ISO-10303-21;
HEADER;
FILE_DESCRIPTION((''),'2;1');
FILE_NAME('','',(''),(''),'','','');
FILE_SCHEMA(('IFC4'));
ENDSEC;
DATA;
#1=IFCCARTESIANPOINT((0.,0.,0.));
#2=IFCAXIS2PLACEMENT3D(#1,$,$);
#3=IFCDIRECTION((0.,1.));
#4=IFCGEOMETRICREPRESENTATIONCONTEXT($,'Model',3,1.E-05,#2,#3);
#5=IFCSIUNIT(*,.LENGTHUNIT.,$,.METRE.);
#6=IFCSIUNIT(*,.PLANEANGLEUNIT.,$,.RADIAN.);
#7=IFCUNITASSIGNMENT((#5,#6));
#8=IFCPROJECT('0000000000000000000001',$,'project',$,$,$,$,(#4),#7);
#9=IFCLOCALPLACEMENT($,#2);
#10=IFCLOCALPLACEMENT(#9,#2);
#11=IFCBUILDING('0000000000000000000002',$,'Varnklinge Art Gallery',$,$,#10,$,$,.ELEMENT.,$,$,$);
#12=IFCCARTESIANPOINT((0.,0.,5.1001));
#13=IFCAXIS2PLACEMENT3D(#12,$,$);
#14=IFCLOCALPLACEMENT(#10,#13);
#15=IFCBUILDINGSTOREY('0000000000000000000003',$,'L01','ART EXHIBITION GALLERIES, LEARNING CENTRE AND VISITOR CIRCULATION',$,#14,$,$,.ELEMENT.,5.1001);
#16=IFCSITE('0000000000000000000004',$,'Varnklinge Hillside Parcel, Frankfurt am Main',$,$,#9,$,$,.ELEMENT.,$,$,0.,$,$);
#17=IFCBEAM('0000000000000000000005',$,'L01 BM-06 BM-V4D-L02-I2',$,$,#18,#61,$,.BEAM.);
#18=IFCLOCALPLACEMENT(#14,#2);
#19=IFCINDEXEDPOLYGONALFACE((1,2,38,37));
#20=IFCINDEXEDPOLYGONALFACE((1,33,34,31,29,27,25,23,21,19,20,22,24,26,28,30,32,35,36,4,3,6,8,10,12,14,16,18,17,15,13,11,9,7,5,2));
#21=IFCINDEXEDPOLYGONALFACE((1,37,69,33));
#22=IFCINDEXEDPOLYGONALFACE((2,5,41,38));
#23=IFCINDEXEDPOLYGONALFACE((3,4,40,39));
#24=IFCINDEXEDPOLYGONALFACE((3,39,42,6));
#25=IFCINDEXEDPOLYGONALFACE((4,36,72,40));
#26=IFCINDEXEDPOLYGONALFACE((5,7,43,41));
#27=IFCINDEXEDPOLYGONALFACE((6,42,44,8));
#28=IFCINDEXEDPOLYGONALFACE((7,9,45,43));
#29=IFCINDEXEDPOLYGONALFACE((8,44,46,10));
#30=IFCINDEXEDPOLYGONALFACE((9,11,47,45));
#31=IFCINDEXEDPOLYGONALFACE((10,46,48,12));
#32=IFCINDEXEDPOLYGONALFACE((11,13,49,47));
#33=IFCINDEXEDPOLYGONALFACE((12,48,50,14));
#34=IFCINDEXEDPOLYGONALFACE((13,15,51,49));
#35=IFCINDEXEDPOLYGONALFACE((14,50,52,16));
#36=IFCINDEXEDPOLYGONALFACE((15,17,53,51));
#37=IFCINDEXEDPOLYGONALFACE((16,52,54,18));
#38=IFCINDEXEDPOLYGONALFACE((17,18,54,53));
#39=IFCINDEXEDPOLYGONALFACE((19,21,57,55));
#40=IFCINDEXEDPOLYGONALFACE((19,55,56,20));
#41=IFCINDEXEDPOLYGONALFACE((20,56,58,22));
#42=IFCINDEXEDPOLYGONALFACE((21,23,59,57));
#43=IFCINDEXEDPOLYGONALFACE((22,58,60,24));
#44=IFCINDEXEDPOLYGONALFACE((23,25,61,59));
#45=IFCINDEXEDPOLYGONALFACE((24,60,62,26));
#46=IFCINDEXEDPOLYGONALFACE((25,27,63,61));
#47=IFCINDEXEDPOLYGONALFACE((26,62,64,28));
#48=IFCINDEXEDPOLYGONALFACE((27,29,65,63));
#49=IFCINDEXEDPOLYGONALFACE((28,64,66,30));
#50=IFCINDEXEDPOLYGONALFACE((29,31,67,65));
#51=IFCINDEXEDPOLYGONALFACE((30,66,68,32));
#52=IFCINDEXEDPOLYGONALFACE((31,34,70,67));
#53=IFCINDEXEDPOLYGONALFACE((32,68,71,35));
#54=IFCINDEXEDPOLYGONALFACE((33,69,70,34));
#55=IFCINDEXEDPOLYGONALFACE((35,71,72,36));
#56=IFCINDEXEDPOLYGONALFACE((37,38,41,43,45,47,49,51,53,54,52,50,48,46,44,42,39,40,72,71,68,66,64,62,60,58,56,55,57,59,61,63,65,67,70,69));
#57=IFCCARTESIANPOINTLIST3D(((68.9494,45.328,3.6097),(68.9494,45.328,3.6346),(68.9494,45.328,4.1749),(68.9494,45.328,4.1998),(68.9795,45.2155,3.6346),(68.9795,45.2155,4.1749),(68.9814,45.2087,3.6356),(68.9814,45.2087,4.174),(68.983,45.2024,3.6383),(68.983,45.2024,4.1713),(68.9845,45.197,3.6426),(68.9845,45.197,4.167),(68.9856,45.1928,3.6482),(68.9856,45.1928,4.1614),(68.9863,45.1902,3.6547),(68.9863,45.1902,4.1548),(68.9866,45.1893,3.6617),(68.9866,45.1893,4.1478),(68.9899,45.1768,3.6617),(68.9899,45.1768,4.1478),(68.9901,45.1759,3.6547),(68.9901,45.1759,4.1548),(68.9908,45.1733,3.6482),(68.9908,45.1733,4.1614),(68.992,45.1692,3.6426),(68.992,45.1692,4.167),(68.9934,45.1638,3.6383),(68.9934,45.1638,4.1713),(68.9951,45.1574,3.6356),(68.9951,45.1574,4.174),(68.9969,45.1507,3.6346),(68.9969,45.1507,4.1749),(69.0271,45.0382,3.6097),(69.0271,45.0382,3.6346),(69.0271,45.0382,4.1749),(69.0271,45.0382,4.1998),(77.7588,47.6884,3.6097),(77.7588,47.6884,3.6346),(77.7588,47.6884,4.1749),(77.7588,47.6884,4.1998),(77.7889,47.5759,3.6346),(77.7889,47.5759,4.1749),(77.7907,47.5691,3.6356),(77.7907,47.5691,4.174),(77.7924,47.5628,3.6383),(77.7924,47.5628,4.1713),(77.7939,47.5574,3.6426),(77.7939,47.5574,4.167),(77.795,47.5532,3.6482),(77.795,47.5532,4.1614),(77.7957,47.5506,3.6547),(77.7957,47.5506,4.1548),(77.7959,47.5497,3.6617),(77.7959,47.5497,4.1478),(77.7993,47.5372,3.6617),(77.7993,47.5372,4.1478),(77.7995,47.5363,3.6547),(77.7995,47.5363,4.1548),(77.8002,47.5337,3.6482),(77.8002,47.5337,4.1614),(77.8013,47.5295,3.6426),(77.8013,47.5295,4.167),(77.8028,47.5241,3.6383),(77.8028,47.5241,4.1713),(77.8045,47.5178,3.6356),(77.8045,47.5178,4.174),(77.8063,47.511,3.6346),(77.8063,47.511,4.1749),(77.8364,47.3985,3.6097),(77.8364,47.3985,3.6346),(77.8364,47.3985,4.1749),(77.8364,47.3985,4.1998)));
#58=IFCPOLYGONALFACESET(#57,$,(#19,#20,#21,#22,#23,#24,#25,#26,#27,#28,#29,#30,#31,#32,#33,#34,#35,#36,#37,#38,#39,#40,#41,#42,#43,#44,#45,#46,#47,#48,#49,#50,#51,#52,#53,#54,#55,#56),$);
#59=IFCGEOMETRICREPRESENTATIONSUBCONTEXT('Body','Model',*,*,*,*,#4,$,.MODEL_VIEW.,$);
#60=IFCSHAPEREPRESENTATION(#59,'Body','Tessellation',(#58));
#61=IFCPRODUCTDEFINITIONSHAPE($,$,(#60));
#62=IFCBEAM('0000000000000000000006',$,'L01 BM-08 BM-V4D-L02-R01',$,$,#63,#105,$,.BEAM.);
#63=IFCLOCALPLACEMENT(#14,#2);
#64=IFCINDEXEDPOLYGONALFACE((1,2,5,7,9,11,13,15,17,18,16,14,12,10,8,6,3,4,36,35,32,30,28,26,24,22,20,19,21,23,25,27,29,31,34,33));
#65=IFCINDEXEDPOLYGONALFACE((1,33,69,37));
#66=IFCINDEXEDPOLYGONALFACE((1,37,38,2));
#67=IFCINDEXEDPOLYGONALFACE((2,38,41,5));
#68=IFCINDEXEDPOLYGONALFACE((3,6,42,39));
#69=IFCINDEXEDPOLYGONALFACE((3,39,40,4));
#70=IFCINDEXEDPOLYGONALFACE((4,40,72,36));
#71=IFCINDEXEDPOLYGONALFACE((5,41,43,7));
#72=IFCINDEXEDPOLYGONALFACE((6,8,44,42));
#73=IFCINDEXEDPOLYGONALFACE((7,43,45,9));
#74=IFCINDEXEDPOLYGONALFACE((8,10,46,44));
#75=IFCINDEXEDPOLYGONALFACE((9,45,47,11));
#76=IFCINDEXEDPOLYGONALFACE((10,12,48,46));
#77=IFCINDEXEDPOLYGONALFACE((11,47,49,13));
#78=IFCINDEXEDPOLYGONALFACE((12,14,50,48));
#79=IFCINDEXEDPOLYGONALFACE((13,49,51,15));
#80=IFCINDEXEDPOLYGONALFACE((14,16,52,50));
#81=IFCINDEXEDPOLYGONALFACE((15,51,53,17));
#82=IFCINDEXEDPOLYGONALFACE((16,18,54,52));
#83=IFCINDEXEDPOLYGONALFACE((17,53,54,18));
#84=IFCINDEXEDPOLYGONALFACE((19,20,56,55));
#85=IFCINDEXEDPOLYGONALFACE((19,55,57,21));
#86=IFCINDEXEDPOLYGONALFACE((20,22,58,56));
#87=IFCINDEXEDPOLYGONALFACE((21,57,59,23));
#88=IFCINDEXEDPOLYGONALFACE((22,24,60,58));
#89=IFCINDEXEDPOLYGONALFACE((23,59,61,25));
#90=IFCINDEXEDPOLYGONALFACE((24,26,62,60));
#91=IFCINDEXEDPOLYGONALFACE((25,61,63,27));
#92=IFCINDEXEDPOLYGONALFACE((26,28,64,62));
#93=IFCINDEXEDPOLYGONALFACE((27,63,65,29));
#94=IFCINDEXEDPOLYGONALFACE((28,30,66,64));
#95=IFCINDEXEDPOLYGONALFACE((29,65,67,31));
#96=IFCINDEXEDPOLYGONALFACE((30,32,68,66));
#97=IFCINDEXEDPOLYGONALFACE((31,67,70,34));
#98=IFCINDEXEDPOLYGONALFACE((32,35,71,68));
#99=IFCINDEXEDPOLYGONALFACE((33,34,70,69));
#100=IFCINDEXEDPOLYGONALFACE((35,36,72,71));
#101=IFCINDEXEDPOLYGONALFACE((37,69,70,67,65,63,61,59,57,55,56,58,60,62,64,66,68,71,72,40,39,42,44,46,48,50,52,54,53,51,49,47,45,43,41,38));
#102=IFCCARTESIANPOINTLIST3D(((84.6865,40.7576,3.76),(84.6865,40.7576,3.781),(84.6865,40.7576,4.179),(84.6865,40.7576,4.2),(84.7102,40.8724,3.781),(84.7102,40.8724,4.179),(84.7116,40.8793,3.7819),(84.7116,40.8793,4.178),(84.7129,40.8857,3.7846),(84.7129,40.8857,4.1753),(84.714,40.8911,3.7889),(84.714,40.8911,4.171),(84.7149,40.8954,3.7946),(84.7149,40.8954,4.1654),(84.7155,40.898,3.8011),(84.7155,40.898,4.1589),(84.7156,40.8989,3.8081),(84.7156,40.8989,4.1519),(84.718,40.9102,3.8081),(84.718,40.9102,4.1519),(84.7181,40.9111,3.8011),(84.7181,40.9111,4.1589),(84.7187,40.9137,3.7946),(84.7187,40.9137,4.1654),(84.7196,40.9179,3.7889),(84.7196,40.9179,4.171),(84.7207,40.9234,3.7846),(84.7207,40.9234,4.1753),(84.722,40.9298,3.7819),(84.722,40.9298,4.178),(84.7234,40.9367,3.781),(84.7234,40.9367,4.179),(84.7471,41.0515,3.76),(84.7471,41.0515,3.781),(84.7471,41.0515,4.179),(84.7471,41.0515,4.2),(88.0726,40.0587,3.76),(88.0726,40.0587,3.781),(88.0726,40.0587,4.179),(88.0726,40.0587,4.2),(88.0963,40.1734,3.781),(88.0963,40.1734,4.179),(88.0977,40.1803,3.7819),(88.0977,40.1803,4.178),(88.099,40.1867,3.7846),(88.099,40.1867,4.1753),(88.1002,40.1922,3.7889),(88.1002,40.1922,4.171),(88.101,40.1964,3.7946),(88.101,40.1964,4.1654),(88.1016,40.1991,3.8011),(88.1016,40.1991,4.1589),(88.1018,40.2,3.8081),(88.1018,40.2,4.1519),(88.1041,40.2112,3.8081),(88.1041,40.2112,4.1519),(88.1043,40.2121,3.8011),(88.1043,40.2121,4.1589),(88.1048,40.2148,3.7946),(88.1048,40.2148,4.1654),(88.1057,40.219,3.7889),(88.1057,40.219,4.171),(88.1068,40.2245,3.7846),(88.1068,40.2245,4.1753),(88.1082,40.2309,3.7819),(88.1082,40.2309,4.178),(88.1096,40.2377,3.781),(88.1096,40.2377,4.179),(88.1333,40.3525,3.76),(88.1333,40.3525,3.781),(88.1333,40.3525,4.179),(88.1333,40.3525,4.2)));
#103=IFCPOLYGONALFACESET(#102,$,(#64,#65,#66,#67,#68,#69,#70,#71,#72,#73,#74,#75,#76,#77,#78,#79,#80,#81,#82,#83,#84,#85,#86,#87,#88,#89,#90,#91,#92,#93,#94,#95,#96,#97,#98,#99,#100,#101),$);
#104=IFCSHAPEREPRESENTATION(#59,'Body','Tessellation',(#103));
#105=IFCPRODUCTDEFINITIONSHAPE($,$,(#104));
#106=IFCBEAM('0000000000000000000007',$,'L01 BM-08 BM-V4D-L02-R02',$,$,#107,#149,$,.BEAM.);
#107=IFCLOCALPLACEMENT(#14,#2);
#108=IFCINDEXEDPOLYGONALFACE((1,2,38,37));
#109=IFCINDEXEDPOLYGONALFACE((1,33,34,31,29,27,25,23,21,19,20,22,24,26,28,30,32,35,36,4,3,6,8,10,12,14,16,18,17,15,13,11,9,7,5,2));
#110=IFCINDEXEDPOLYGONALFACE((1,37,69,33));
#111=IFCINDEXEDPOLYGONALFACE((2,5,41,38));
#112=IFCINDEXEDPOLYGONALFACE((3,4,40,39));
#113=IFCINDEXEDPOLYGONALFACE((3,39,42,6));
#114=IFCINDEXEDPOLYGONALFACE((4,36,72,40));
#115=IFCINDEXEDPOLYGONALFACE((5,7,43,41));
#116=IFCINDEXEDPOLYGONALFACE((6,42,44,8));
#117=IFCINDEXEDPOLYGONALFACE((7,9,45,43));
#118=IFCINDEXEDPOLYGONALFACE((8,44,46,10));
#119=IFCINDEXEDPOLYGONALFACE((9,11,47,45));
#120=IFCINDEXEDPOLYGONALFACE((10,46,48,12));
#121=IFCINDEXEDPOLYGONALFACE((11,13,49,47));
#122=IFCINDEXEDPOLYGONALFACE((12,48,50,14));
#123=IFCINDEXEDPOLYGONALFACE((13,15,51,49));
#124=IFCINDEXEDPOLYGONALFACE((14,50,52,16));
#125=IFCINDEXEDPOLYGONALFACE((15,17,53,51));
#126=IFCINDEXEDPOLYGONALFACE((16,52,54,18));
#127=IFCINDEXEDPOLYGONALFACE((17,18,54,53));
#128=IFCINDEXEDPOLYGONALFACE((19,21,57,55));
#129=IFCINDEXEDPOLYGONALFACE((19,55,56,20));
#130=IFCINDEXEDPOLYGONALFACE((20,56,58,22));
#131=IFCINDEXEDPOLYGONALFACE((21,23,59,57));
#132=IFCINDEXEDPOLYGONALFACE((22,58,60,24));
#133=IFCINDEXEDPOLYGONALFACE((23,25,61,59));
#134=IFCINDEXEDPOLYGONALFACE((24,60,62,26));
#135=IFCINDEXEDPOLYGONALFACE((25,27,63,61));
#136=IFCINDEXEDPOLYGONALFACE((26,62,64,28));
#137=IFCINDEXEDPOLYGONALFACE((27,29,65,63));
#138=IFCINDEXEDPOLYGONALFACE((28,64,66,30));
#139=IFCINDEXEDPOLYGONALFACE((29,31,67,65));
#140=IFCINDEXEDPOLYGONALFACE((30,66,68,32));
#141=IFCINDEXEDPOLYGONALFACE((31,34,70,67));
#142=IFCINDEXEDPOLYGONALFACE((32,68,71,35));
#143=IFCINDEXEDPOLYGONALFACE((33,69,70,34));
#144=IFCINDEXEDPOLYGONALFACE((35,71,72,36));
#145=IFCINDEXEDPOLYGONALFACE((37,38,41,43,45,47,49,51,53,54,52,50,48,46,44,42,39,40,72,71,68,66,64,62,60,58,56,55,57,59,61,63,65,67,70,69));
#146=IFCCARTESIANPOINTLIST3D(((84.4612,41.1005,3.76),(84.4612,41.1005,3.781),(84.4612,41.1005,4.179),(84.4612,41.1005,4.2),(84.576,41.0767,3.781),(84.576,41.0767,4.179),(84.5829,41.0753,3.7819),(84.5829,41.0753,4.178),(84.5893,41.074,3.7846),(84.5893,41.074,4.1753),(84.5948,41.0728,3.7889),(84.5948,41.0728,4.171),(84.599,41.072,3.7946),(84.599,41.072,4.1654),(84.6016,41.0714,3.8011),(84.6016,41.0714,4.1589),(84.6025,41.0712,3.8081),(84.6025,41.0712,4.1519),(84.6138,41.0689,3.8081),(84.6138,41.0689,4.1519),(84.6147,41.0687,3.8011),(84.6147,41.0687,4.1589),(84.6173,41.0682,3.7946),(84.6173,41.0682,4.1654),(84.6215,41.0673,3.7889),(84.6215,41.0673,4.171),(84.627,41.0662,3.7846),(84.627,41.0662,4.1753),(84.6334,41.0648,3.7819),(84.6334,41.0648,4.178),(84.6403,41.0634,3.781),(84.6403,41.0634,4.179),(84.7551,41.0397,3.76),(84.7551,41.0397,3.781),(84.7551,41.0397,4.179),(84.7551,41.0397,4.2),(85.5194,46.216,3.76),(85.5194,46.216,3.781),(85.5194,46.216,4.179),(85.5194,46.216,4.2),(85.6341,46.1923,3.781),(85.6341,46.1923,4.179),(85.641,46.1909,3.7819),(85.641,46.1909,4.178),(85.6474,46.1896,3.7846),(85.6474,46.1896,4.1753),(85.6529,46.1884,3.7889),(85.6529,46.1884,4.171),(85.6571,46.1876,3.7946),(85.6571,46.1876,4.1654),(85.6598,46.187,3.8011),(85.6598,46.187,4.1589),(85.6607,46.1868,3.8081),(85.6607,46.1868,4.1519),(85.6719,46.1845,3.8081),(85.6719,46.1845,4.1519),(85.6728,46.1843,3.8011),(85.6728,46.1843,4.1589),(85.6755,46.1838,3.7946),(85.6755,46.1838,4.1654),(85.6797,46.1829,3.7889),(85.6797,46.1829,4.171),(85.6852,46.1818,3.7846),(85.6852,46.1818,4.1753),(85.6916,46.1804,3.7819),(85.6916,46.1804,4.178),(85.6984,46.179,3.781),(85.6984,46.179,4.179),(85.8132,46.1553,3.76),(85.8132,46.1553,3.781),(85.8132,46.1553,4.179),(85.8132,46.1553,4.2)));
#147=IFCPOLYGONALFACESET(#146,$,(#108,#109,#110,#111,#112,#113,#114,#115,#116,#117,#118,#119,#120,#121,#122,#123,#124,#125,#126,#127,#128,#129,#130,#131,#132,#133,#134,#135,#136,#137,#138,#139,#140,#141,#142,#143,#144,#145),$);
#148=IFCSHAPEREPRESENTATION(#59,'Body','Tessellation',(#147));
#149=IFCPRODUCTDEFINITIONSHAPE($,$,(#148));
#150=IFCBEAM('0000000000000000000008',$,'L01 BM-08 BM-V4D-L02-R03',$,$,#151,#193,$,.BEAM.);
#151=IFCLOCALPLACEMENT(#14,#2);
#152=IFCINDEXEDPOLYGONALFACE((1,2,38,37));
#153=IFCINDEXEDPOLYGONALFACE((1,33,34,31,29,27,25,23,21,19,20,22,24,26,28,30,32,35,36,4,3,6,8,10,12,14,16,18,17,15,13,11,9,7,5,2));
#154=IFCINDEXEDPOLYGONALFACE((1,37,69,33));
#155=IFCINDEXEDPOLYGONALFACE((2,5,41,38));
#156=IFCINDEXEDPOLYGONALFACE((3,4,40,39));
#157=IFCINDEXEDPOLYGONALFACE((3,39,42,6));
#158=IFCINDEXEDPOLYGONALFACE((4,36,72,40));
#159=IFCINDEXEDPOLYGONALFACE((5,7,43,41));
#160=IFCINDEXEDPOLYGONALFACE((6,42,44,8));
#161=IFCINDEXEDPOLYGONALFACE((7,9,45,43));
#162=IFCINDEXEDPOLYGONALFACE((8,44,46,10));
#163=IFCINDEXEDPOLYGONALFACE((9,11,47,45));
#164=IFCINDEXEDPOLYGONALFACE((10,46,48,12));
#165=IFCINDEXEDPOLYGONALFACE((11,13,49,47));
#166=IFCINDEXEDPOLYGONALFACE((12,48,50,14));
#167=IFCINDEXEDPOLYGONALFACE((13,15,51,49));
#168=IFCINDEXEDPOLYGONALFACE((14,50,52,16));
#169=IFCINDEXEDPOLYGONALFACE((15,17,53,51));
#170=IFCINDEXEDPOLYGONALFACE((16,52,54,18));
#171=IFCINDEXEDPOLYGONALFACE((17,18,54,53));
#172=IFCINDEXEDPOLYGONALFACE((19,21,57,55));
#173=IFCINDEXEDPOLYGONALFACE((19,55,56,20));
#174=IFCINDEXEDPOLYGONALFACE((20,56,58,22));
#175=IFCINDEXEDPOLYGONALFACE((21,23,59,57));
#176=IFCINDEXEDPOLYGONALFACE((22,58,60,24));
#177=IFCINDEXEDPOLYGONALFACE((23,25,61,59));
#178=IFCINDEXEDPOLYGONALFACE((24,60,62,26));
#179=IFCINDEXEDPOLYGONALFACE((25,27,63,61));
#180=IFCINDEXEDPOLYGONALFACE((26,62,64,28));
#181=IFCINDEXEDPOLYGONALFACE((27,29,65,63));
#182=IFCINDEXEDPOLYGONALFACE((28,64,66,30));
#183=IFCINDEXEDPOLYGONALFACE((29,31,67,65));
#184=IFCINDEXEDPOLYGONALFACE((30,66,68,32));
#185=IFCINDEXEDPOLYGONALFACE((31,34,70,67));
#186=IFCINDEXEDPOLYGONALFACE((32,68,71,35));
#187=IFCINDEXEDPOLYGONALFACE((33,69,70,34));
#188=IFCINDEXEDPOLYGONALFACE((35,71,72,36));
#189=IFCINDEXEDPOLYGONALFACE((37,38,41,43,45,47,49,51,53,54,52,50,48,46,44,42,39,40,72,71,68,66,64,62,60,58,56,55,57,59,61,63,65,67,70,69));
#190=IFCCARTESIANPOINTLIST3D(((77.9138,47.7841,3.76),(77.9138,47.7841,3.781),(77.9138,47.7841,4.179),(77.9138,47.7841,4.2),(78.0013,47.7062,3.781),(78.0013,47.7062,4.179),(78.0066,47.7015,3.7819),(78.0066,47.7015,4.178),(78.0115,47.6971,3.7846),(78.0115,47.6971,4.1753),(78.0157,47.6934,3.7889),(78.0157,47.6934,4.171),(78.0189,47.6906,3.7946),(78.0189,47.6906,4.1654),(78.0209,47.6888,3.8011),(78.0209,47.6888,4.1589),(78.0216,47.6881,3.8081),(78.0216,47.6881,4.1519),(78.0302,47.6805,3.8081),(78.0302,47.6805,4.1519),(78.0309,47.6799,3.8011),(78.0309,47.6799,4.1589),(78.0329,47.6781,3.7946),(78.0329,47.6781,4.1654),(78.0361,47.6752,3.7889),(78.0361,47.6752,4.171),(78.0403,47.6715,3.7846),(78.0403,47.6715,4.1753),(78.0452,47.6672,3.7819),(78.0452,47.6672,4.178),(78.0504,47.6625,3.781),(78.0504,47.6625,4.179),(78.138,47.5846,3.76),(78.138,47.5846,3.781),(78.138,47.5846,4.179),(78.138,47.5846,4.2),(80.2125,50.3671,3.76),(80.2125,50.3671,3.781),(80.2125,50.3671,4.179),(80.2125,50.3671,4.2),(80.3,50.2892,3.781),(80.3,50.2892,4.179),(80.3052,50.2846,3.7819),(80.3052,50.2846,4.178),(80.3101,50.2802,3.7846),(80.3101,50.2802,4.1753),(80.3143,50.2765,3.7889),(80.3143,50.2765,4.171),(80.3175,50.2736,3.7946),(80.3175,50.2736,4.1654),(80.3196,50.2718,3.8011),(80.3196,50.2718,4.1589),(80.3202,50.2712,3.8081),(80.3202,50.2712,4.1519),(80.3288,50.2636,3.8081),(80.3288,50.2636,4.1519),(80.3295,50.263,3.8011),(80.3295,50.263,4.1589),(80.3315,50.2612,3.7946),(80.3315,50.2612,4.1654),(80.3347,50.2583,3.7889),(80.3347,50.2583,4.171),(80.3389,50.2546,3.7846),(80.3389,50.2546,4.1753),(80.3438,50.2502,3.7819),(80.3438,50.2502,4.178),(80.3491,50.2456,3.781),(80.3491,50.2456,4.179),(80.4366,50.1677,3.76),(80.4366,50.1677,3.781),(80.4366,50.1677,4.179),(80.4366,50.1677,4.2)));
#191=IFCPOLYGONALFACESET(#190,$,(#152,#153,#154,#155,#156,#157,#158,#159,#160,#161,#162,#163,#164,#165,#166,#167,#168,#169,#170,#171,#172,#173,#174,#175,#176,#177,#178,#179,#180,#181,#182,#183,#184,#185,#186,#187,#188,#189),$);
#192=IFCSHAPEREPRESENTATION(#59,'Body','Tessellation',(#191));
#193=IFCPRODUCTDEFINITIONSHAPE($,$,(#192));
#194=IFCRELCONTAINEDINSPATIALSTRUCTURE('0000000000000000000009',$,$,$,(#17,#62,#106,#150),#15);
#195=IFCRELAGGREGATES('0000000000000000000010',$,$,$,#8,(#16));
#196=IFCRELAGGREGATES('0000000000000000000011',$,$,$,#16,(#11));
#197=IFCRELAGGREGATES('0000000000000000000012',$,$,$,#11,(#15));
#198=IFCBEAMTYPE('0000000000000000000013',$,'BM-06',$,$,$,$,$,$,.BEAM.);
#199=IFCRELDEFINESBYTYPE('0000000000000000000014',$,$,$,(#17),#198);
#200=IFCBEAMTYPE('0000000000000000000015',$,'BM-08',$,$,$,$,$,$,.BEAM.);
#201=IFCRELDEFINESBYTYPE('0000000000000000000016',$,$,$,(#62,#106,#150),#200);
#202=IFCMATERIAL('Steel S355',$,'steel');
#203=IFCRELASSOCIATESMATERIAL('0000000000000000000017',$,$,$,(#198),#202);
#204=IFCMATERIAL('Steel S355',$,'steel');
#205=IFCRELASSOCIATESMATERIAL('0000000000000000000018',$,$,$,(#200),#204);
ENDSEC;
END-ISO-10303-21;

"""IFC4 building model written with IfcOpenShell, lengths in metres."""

from ifc_helpers import new_model, si_unit, direction, frame, origin, origin_2d, place, context, subcontext, project, spatial, i_section, extrude, material, material_profile, profile_set, type_object, element, save


model = new_model("IFC4")

# Units and contexts
model_context = context("Model", 3, precision=1e-05, world=origin(), true_north=direction((0.0, 1.0)))
body_context = subcontext(model_context, "Body", "Model", "MODEL_VIEW")
ifc_project = project(units=[si_unit("LENGTHUNIT", "METRE"), si_unit("PLANEANGLEUNIT", "RADIAN")], contexts=[model_context])

# Site, building, storey
site_placement = place(None, origin())
site = spatial("IfcSite", under=ifc_project, at=site_placement, Name="Varnklinge Hillside Parcel, Frankfurt am Main", CompositionType="ELEMENT", RefElevation=0.0)
building_placement = place(site_placement, origin())
building = spatial("IfcBuilding", under=site, at=building_placement, Name="Varnklinge Art Gallery", CompositionType="ELEMENT")
storey_placement = place(building_placement, frame((0.0, 0.0, 5.1001)))
storey = spatial("IfcBuildingStorey", under=building, at=storey_placement, Name="L01", Description="ART EXHIBITION GALLERIES, LEARNING CENTRE AND VISITOR CIRCULATION", CompositionType="ELEMENT", Elevation=5.1001)

# Beams
ifc_material_1 = material(Name="Steel S355", Category="steel")
ifc_material_profile_1 = material_profile(ifc_material_1, i_section(OverallWidth=0.3, OverallDepth=0.5901, WebThickness=0.0129, FlangeThickness=0.0249, FilletRadius=0.0271, at=origin_2d()), Name="HEA 600")
ifc_profile_set_1 = profile_set([ifc_material_profile_1], Name="Steel S355")
beam_type_1 = type_object("IfcBeamType", Name="BM-06", PredefinedType="BEAM", material=ifc_profile_set_1)
beam_1_placement = place(storey_placement, frame((77.7976, 47.5435, 3.9048), z_axis=(-0.965929, -0.258809, 0.0), x_axis=(0.258809, -0.965929, 0.0)))
element("IfcBeam", 1, at=beam_1_placement, inside=storey, type_object=beam_type_1, Name="L01 BM-06 BM-V4D-L02-I2", PredefinedType="BEAM", context=body_context, shape_type="SweptSolid", body=[
    extrude(i_section(OverallWidth=0.3, OverallDepth=0.5901, WebThickness=0.0129, FlangeThickness=0.0249, FilletRadius=0.0271, at=origin_2d()), origin(), (0.0, 0.0, 1.0), 9.1201),
])
ifc_material_2 = material(Name="Steel S355", Category="steel")
ifc_material_profile_2 = material_profile(ifc_material_2, i_section(OverallWidth=0.3, OverallDepth=0.4399, WebThickness=0.0115, FlangeThickness=0.021, FilletRadius=0.0271, at=origin_2d()), Name="HEA 450")
ifc_profile_set_2 = profile_set([ifc_material_profile_2], Name="Steel S355")
beam_type_2 = type_object("IfcBeamType", Name="BM-08", PredefinedType="BEAM", material=ifc_profile_set_2)
beam_2_placement = place(storey_placement, frame((84.7168, 40.9045, 3.98), z_axis=(0.979354, -0.202155, 0.0), x_axis=(0.202155, 0.979354, 0.0)))
element("IfcBeam", 2, at=beam_2_placement, inside=storey, type_object=beam_type_2, Name="L01 BM-08 BM-V4D-L02-R01", PredefinedType="BEAM", context=body_context, shape_type="SweptSolid", body=[
    extrude(i_section(OverallWidth=0.3, OverallDepth=0.4399, WebThickness=0.0115, FlangeThickness=0.021, FilletRadius=0.0271, at=origin_2d()), origin(), (0.0, 0.0, 1.0), 3.4575),
])
beam_3_placement = place(storey_placement, frame((84.6082, 41.0701, 3.98), z_axis=(0.202556, 0.979271, 0.0), x_axis=(-0.979271, 0.202556, 0.0)))
element("IfcBeam", 3, at=beam_3_placement, inside=storey, type_object=beam_type_2, Name="L01 BM-08 BM-V4D-L02-R02", PredefinedType="BEAM", context=body_context, shape_type="SweptSolid", body=[
    extrude(i_section(OverallWidth=0.3, OverallDepth=0.4399, WebThickness=0.0115, FlangeThickness=0.021, FilletRadius=0.0271, at=origin_2d()), origin(), (0.0, 0.0, 1.0), 5.2239),
])
beam_4_placement = place(storey_placement, frame((78.0259, 47.6843, 3.98), z_axis=(0.66478, 0.747039, 0.0), x_axis=(-0.747039, 0.66478, 0.0)))
element("IfcBeam", 4, at=beam_4_placement, inside=storey, type_object=beam_type_2, Name="L01 BM-08 BM-V4D-L02-R03", PredefinedType="BEAM", context=body_context, shape_type="SweptSolid", body=[
    extrude(i_section(OverallWidth=0.3, OverallDepth=0.4399, WebThickness=0.0115, FlangeThickness=0.021, FilletRadius=0.0271, at=origin_2d()), origin(), (0.0, 0.0, 1.0), 3.4578),
])

save(model, "model.ifc")
